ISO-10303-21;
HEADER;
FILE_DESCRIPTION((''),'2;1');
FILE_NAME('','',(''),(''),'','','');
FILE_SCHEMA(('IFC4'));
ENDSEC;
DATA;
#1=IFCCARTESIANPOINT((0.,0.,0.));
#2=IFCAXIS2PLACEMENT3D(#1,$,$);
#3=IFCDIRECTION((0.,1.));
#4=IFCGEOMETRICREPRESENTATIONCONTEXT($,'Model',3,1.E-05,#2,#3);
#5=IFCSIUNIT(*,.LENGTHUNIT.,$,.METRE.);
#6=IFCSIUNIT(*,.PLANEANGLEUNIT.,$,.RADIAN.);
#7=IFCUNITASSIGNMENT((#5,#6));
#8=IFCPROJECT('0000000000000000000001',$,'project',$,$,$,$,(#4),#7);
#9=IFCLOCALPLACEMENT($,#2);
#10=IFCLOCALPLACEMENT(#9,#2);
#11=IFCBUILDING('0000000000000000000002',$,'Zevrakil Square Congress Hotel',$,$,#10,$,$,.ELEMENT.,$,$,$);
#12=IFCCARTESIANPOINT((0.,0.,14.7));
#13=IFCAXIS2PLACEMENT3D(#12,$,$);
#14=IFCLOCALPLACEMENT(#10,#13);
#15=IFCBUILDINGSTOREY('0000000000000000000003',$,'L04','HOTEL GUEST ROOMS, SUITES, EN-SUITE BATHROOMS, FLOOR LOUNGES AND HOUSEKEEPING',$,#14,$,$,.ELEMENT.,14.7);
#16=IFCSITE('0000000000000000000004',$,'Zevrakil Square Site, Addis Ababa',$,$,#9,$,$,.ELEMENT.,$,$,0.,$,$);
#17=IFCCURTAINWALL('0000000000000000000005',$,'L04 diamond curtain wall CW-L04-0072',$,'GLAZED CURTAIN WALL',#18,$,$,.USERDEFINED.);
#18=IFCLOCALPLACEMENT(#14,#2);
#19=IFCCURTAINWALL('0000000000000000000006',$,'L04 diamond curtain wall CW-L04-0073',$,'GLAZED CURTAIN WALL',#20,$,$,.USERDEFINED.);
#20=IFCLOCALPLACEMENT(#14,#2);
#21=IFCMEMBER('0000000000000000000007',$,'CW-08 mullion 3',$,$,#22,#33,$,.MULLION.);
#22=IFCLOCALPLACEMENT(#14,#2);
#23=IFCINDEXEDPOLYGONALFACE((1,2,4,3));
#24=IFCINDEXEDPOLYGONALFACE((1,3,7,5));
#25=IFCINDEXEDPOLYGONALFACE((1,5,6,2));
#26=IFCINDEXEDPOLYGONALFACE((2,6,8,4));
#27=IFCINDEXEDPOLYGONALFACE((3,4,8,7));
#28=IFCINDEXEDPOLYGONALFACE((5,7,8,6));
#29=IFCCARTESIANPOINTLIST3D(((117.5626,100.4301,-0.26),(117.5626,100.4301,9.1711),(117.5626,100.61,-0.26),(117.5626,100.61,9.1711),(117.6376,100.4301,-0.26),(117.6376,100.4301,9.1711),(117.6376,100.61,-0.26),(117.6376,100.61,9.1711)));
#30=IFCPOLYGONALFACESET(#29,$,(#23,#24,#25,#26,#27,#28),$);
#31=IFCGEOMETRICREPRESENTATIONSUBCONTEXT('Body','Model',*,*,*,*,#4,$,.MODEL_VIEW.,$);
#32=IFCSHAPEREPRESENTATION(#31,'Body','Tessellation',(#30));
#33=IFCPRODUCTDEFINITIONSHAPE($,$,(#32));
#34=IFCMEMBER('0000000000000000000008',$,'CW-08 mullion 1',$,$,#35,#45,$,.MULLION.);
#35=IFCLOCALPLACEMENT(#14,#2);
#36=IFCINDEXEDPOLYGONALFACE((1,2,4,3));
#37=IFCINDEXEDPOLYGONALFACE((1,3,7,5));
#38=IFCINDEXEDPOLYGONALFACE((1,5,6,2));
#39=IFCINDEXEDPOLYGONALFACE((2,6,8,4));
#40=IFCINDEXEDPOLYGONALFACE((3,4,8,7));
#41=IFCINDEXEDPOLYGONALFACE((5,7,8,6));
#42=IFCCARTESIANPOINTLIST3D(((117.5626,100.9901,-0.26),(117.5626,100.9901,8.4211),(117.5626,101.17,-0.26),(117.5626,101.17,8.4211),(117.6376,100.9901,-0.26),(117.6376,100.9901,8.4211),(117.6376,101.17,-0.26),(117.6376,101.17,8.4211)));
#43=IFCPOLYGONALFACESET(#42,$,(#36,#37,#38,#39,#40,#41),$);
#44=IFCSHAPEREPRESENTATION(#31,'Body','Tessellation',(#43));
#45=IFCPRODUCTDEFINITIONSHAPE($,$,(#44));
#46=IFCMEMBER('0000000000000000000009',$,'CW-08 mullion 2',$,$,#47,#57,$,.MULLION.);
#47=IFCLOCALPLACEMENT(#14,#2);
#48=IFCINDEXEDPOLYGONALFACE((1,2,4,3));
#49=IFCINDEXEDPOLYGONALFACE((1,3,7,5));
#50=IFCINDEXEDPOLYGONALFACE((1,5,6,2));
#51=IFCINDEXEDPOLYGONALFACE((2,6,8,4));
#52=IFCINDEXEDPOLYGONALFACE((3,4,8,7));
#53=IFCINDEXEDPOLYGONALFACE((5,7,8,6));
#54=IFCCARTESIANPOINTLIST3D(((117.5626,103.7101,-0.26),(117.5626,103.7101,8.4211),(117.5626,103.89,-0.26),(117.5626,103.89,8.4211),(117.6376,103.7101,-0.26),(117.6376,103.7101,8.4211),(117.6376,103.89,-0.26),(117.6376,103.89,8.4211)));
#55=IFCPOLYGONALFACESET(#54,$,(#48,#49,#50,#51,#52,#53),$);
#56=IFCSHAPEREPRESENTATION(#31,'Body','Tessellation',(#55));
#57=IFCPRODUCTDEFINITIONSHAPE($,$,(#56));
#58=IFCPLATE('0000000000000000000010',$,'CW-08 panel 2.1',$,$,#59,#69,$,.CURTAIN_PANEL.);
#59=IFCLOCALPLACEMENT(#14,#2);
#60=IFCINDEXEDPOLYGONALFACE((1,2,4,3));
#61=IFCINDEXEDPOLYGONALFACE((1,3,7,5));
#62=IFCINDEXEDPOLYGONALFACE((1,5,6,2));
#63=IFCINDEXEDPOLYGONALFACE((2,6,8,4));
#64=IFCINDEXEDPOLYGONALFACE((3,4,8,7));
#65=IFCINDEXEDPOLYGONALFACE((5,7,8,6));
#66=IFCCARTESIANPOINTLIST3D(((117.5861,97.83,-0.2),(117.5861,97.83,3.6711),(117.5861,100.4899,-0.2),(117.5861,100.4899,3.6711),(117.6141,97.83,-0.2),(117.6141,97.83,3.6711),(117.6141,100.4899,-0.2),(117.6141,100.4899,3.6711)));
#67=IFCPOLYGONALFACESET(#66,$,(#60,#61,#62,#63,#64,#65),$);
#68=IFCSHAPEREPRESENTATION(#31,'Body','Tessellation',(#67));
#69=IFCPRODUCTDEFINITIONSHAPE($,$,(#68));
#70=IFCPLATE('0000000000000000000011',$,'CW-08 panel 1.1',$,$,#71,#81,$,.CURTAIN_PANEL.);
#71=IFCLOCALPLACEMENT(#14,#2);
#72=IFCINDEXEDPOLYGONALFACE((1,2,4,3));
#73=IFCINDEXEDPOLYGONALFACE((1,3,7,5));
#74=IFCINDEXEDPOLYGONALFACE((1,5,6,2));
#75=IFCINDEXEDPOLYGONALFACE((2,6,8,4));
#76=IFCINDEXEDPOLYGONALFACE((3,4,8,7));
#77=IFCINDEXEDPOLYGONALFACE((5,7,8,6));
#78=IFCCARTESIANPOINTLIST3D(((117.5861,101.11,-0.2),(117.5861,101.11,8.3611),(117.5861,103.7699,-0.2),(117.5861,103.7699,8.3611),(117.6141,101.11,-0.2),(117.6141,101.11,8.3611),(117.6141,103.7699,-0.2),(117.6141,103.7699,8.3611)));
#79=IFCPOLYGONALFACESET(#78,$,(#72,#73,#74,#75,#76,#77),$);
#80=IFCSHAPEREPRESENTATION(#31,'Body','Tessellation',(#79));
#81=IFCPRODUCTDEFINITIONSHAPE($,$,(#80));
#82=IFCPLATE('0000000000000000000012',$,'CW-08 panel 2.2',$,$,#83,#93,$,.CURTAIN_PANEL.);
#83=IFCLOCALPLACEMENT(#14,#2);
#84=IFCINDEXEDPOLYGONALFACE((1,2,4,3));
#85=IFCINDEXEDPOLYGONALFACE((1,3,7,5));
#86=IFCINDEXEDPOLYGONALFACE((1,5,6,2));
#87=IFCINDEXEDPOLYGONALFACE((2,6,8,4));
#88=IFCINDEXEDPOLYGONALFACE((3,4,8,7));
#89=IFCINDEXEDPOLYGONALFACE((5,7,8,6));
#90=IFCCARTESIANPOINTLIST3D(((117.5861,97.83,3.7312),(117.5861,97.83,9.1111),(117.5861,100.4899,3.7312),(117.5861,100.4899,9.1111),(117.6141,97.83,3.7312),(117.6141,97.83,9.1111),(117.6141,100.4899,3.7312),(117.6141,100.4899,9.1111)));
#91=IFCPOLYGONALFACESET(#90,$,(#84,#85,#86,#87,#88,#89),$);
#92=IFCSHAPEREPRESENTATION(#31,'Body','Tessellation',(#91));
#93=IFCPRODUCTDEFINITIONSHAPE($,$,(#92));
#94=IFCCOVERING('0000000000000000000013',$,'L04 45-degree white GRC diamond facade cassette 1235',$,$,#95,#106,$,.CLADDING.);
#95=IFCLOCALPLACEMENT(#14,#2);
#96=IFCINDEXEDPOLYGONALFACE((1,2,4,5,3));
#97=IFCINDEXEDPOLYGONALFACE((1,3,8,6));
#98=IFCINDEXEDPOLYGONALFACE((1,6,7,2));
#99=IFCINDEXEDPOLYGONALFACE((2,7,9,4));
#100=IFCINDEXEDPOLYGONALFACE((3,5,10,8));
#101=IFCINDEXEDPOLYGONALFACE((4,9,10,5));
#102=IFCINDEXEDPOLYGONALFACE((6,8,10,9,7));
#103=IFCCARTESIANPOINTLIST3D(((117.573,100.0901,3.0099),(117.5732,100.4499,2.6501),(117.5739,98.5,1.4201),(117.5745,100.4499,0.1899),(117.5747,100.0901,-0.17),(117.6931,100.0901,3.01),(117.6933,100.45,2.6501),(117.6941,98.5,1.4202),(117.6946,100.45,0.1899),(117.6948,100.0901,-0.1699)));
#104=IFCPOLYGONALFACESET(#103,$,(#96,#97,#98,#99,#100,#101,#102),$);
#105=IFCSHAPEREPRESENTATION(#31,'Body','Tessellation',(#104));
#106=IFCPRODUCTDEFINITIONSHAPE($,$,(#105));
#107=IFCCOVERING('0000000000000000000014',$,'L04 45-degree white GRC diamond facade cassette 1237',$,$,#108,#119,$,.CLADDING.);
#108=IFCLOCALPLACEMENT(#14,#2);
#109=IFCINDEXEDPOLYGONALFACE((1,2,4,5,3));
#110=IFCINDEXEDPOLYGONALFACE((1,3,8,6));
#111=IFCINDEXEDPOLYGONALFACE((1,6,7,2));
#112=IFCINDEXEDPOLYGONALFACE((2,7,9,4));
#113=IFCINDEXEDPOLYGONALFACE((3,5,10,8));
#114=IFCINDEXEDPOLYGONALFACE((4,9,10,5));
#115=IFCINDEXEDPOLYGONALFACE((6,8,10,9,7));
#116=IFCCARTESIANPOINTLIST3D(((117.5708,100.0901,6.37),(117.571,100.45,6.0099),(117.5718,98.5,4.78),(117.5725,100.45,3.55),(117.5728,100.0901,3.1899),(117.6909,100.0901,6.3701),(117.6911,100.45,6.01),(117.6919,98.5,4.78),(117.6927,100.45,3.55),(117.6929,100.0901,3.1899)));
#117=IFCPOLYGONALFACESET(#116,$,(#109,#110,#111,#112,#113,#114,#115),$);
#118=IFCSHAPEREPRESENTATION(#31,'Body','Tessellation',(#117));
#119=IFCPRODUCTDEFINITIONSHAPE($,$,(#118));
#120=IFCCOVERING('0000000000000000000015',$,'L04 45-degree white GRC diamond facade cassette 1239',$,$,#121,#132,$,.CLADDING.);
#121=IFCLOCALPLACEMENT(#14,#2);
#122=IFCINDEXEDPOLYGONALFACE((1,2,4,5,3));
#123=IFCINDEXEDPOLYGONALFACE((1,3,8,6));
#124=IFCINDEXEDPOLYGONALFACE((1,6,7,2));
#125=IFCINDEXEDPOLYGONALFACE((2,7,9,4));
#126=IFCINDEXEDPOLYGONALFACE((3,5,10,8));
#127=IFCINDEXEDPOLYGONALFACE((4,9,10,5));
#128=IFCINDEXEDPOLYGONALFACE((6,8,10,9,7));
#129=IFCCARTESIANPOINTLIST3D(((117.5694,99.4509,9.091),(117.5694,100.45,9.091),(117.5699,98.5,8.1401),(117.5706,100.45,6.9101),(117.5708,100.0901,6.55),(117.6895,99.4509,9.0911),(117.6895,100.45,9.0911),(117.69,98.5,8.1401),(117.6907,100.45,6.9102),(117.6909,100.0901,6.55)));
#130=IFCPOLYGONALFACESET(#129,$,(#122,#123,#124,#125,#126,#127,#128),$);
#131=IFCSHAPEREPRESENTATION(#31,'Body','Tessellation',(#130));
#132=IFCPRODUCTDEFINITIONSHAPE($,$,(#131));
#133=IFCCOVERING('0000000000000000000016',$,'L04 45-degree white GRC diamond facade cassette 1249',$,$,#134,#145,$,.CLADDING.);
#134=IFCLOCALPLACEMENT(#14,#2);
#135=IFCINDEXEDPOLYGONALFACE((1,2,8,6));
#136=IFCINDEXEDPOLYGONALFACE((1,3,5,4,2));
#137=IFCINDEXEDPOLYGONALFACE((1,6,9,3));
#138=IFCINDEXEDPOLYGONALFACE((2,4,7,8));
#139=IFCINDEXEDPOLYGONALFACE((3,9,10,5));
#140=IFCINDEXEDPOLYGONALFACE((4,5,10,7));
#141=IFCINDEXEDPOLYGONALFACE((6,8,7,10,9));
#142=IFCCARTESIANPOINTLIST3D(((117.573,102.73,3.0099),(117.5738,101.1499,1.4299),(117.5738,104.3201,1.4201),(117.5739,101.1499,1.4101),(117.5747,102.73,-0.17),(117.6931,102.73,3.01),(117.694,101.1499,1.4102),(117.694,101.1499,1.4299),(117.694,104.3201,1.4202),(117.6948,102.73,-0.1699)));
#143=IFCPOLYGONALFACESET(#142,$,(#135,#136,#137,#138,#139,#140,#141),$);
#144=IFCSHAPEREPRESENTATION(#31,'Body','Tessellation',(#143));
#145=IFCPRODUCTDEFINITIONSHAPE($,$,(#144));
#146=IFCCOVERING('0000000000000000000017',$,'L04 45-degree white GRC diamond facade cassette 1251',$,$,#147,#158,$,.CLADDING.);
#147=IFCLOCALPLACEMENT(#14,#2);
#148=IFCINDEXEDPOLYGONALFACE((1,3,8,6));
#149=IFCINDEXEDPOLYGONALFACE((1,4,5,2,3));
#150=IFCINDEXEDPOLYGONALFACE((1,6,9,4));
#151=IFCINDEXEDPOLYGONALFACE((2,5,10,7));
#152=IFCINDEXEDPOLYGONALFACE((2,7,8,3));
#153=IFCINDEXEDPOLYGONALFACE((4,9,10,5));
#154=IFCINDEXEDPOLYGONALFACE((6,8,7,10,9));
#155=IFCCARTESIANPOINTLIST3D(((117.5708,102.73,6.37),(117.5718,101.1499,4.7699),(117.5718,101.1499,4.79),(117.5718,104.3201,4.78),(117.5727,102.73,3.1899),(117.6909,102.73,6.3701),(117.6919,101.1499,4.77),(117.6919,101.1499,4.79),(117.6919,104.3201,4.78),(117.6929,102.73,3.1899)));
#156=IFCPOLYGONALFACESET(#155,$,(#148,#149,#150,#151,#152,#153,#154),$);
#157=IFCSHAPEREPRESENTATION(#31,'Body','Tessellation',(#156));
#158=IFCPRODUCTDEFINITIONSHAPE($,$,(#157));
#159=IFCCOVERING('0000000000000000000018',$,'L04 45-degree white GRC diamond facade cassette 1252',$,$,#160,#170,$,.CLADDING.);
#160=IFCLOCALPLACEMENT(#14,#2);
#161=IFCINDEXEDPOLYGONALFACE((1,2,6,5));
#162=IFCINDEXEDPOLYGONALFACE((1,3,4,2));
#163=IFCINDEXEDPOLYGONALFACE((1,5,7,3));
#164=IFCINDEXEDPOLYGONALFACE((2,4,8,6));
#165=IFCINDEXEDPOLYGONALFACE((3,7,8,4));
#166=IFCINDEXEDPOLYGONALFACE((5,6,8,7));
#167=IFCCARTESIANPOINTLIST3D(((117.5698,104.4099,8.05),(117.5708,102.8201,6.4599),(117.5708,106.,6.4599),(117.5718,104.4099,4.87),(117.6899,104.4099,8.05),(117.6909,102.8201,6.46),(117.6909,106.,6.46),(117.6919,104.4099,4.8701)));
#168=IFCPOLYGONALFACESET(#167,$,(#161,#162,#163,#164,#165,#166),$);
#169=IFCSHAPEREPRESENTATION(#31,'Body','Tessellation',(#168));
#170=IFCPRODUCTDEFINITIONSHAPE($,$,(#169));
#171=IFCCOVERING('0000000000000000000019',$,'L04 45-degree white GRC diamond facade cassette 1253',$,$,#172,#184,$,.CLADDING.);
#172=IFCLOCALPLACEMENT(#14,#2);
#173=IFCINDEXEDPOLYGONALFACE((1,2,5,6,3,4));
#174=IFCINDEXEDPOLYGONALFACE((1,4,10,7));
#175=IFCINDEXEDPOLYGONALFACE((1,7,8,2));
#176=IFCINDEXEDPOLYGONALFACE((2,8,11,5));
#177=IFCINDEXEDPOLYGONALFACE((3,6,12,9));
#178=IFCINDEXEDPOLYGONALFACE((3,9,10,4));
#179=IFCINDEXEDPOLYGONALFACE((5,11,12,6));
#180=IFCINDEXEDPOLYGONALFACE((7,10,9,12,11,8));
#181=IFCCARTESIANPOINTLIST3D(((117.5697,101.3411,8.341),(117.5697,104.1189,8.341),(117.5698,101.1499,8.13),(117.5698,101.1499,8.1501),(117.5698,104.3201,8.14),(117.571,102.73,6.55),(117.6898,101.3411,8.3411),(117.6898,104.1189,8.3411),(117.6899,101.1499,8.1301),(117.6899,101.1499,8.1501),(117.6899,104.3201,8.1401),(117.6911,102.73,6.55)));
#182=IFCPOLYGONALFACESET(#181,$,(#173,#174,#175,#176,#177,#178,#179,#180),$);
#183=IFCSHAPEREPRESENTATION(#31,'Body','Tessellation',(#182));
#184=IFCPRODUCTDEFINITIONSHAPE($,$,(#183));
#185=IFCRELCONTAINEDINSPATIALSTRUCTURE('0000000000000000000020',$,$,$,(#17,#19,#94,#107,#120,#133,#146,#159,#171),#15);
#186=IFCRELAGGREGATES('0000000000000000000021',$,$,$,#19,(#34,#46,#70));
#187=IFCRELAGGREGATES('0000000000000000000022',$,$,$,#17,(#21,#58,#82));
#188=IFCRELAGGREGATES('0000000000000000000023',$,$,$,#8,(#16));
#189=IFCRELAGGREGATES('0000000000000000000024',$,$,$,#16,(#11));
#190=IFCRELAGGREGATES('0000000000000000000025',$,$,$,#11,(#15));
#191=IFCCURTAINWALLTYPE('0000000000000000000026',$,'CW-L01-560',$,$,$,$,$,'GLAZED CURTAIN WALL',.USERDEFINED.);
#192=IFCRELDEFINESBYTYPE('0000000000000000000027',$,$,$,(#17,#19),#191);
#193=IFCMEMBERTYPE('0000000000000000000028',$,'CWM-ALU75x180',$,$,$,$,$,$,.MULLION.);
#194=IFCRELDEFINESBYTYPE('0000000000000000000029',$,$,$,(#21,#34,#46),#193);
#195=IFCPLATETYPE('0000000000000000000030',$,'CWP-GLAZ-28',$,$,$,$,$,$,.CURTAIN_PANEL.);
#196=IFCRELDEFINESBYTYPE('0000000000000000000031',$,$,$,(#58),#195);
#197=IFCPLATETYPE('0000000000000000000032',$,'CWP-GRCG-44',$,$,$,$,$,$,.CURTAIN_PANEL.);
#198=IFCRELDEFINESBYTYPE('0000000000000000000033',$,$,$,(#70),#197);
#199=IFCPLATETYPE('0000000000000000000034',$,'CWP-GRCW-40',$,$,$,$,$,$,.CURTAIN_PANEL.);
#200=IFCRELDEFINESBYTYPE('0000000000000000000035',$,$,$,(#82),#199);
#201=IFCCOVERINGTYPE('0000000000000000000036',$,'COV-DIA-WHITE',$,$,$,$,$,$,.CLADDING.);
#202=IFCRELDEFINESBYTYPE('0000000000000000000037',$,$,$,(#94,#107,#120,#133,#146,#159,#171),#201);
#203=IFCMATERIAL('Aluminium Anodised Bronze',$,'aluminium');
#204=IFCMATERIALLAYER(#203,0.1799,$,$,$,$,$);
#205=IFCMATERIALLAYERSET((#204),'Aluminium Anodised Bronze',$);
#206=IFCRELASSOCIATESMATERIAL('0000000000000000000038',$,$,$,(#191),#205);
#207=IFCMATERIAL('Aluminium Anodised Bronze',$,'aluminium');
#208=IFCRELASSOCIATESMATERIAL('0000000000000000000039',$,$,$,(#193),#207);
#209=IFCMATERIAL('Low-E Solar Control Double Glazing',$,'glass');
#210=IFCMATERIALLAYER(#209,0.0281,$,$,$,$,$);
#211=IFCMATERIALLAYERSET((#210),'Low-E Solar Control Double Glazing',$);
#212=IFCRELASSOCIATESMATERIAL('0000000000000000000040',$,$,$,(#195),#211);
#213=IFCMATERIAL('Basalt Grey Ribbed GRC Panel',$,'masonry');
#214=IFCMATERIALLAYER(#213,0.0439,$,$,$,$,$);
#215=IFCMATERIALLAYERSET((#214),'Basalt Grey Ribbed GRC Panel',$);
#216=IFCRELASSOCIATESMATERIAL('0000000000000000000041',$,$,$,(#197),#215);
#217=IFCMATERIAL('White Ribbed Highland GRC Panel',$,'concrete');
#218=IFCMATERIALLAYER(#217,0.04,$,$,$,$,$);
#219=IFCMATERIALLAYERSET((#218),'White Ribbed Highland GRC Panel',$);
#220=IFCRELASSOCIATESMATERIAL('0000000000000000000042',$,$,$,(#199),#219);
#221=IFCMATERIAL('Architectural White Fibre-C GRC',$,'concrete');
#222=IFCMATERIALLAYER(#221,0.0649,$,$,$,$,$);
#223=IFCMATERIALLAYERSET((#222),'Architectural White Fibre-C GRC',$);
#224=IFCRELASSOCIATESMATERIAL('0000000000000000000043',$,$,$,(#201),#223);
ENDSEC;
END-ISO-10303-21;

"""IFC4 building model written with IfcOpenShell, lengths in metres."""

from ifc_helpers import new_model, si_unit, direction, frame, origin, origin_2d, place, context, subcontext, project, spatial, polyline, rectangle, outline, extrude, material, layer, layer_set, material_profile, profile_set, type_object, element, aggregate, save


model = new_model("IFC4")

# Units and contexts
model_context = context("Model", 3, precision=1e-05, world=origin(), true_north=direction((0.0, 1.0)))
body_context = subcontext(model_context, "Body", "Model", "MODEL_VIEW")
ifc_project = project(units=[si_unit("LENGTHUNIT", "METRE"), si_unit("PLANEANGLEUNIT", "RADIAN")], contexts=[model_context])

# Site, building, storey
site_placement = place(None, origin())
site = spatial("IfcSite", under=ifc_project, at=site_placement, Name="Zevrakil Square Site, Addis Ababa", CompositionType="ELEMENT", RefElevation=0.0)
building_placement = place(site_placement, origin())
building = spatial("IfcBuilding", under=site, at=building_placement, Name="Zevrakil Square Congress Hotel", CompositionType="ELEMENT")
storey_placement = place(building_placement, frame((0.0, 0.0, 14.7)))
storey = spatial("IfcBuildingStorey", under=building, at=storey_placement, Name="L04", Description="HOTEL GUEST ROOMS, SUITES, EN-SUITE BATHROOMS, FLOOR LOUNGES AND HOUSEKEEPING", CompositionType="ELEMENT", Elevation=14.7)

# Curtain wall
ifc_material_1 = material(Name="Aluminium Anodised Bronze", Category="aluminium")
ifc_layer_1 = layer(ifc_material_1, 0.1799)
ifc_layer_set_1 = layer_set([ifc_layer_1], Name="Aluminium Anodised Bronze")
curtain_wall_type = type_object("IfcCurtainWallType", Name="CW-L01-560", ElementType="GLAZED CURTAIN WALL", PredefinedType="USERDEFINED", material=ifc_layer_set_1)
curtain_wall_1_placement = place(storey_placement, origin())
curtain_wall_1 = element("IfcCurtainWall", 1, at=curtain_wall_1_placement, inside=storey, type_object=curtain_wall_type, Name="L04 diamond curtain wall CW-L04-0072", ObjectType="GLAZED CURTAIN WALL", PredefinedType="USERDEFINED")

# Curtain wall
curtain_wall_2_placement = place(storey_placement, origin())
curtain_wall_2 = element("IfcCurtainWall", 2, at=curtain_wall_2_placement, inside=storey, type_object=curtain_wall_type, Name="L04 diamond curtain wall CW-L04-0073", ObjectType="GLAZED CURTAIN WALL", PredefinedType="USERDEFINED")

# Members
ifc_material_2 = material(Name="Aluminium Anodised Bronze", Category="aluminium")
ifc_material_profile_1 = material_profile(ifc_material_2, rectangle(XDim=0.075, YDim=0.1799, at=origin_2d()), Name="ALU 75x180")
ifc_profile_set_1 = profile_set([ifc_material_profile_1], Name="Aluminium Anodised Bronze")
member_type_1 = type_object("IfcMemberType", Name="CWM-ALU75x180", PredefinedType="MULLION", material=ifc_profile_set_1)
member_1_placement = place(storey_placement, frame((117.6001, 100.52, -0.26), z_axis=(0.0, 0.0, 1.0), x_axis=(-1.0, 0.0, 0.0)))
member_1 = element("IfcMember", 3, at=member_1_placement, type_object=member_type_1, Name="CW-08 mullion 3", PredefinedType="MULLION", context=body_context, shape_type="SweptSolid", body=[
    extrude(rectangle(XDim=0.075, YDim=0.1799, at=origin_2d()), origin(), (0.0, 0.0, 1.0), 9.4312),
])
member_2_placement = place(storey_placement, frame((117.6001, 101.0801, -0.26), z_axis=(0.0, 0.0, 1.0), x_axis=(-1.0, 0.0, 0.0)))
member_2 = element("IfcMember", 4, at=member_2_placement, type_object=member_type_1, Name="CW-08 mullion 1", PredefinedType="MULLION", context=body_context, shape_type="SweptSolid", body=[
    extrude(rectangle(XDim=0.075, YDim=0.1799, at=origin_2d()), origin(), (0.0, 0.0, 1.0), 8.6812),
])
member_3_placement = place(storey_placement, frame((117.6001, 103.8, -0.26), z_axis=(0.0, 0.0, 1.0), x_axis=(-1.0, 0.0, 0.0)))
member_3 = element("IfcMember", 5, at=member_3_placement, type_object=member_type_1, Name="CW-08 mullion 2", PredefinedType="MULLION", context=body_context, shape_type="SweptSolid", body=[
    extrude(rectangle(XDim=0.075, YDim=0.1799, at=origin_2d()), origin(), (0.0, 0.0, 1.0), 8.6812),
])

# Plates
ifc_material_3 = material(Name="Low-E Solar Control Double Glazing", Category="glass")
ifc_layer_2 = layer(ifc_material_3, 0.0281)
ifc_layer_set_2 = layer_set([ifc_layer_2], Name="Low-E Solar Control Double Glazing")
plate_type_1 = type_object("IfcPlateType", Name="CWP-GLAZ-28", PredefinedType="CURTAIN_PANEL", material=ifc_layer_set_2)
plate_1_placement = place(storey_placement, frame((117.6001, 99.1599, -0.2), z_axis=(0.0, 0.0, 1.0), x_axis=(0.0, 1.0, 0.0)))
plate_1 = element("IfcPlate", 6, at=plate_1_placement, type_object=plate_type_1, Name="CW-08 panel 2.1", PredefinedType="CURTAIN_PANEL", context=body_context, shape_type="SweptSolid", body=[
    extrude(rectangle(XDim=2.6599, YDim=0.0281, at=origin_2d()), origin(), (0.0, 0.0, 1.0), 3.8711),
])
ifc_material_4 = material(Name="Basalt Grey Ribbed GRC Panel", Category="masonry")
ifc_layer_3 = layer(ifc_material_4, 0.0439)
ifc_layer_set_3 = layer_set([ifc_layer_3], Name="Basalt Grey Ribbed GRC Panel")
plate_type_2 = type_object("IfcPlateType", Name="CWP-GRCG-44", PredefinedType="CURTAIN_PANEL", material=ifc_layer_set_3)
plate_2_placement = place(storey_placement, frame((117.6001, 102.4399, -0.2), z_axis=(0.0, 0.0, 1.0), x_axis=(0.0, 1.0, 0.0)))
plate_2 = element("IfcPlate", 7, at=plate_2_placement, type_object=plate_type_2, Name="CW-08 panel 1.1", PredefinedType="CURTAIN_PANEL", context=body_context, shape_type="SweptSolid", body=[
    extrude(rectangle(XDim=2.6599, YDim=0.0281, at=origin_2d()), origin(), (0.0, 0.0, 1.0), 8.561),
])
aggregate(curtain_wall_2, [member_2, member_3, plate_2])
ifc_material_5 = material(Name="White Ribbed Highland GRC Panel", Category="concrete")
ifc_layer_4 = layer(ifc_material_5, 0.04)
ifc_layer_set_4 = layer_set([ifc_layer_4], Name="White Ribbed Highland GRC Panel")
plate_type_3 = type_object("IfcPlateType", Name="CWP-GRCW-40", PredefinedType="CURTAIN_PANEL", material=ifc_layer_set_4)
plate_3_placement = place(storey_placement, frame((117.6001, 99.1599, 3.7312), z_axis=(0.0, 0.0, 1.0), x_axis=(0.0, 1.0, 0.0)))
plate_3 = element("IfcPlate", 8, at=plate_3_placement, type_object=plate_type_3, Name="CW-08 panel 2.2", PredefinedType="CURTAIN_PANEL", context=body_context, shape_type="SweptSolid", body=[
    extrude(rectangle(XDim=2.6599, YDim=0.0281, at=origin_2d()), origin(), (0.0, 0.0, 1.0), 5.3799),
])
aggregate(curtain_wall_1, [member_1, plate_1, plate_3])

# Coverings
ifc_material_6 = material(Name="Architectural White Fibre-C GRC", Category="concrete")
ifc_layer_5 = layer(ifc_material_6, 0.0649)
ifc_layer_set_5 = layer_set([ifc_layer_5], Name="Architectural White Fibre-C GRC")
covering_type_1 = type_object("IfcCoveringType", Name="COV-DIA-WHITE", PredefinedType="CLADDING", material=ifc_layer_set_5)
covering_1_placement = place(storey_placement, frame((117.6948, 100.0901, -0.1699), z_axis=(1.0, 0.000055, 0.000532), x_axis=(-0.000338, -0.707107, 0.707107)))
element("IfcCovering", 9, at=covering_1_placement, inside=storey, type_object=covering_type_1, Name="L04 45-degree white GRC diamond facade cassette 1235", PredefinedType="CLADDING", context=body_context, shape_type="SweptSolid", body=[
    extrude(outline(polyline([(0.0, 0.0), (2.2487, 0.0), (2.2486, -2.2486), (1.7396, -2.2486), (0.0, -0.5089), (0.0, 0.0)])), origin(), (0.0, 0.0, -1.0), 0.1201),
])
covering_2_placement = place(storey_placement, frame((117.6929, 100.0901, 3.1899), z_axis=(1.0, 0.0, 0.000612), x_axis=(-0.000433, -0.707107, 0.707107)))
element("IfcCovering", 10, at=covering_2_placement, inside=storey, type_object=covering_type_1, Name="L04 45-degree white GRC diamond facade cassette 1237", PredefinedType="CLADDING", context=body_context, shape_type="SweptSolid", body=[
    extrude(outline(polyline([(0.0, 0.0), (2.2487, 0.0), (2.2487, -2.2487), (1.7396, -2.2486), (0.0002, -0.5091), (0.0, 0.0)])), origin(), (0.0, 0.0, -1.0), 0.1201),
])
covering_3_placement = place(storey_placement, frame((117.6909, 100.0901, 6.55), z_axis=(1.0, -0.000009, 0.000568), x_axis=(-0.000409, -0.707107, 0.707107)))
element("IfcCovering", 11, at=covering_3_placement, inside=storey, type_object=covering_type_1, Name="L04 45-degree white GRC diamond facade cassette 1239", PredefinedType="CLADDING", context=body_context, shape_type="SweptSolid", body=[
    extrude(outline(polyline([(0.0, 0.0), (2.2487, 0.0), (2.2487, -1.3448), (1.5423, -2.0512), (0.0002, -0.5091), (0.0, 0.0)])), origin(), (0.0, 0.0, -1.0), 0.1201),
])
covering_4_placement = place(storey_placement, frame((117.6931, 102.73, 3.01), z_axis=(1.0, 0.0, 0.000536), x_axis=(0.000379, 0.707161, -0.707052)))
element("IfcCovering", 12, at=covering_4_placement, inside=storey, type_object=covering_type_1, Name="L04 45-degree white GRC diamond facade cassette 1249", PredefinedType="CLADDING", context=body_context, shape_type="SweptSolid", body=[
    extrude(outline(polyline([(0.0, 0.0), (2.2486, 0.0), (2.2484, -2.2487), (0.0138, -2.2486), (-0.0002, -2.2346), (0.0, 0.0)])), origin(), (0.0, 0.0, -1.0), 0.1201),
])
covering_5_placement = place(storey_placement, frame((117.6909, 102.73, 6.3701), z_axis=(1.0, 0.0, 0.000612), x_axis=(0.000433, 0.707107, -0.707107)))
element("IfcCovering", 13, at=covering_5_placement, inside=storey, type_object=covering_type_1, Name="L04 45-degree white GRC diamond facade cassette 1251", PredefinedType="CLADDING", context=body_context, shape_type="SweptSolid", body=[
    extrude(outline(polyline([(0.0, 0.0), (2.2487, 0.0), (2.2487, -2.2487), (0.0142, -2.2487), (0.0, -2.2346), (0.0, 0.0)])), origin(), (0.0, 0.0, -1.0), 0.1201),
])
covering_6_placement = place(storey_placement, frame((117.6899, 104.4099, 8.05), z_axis=(1.0, 0.0, 0.000614), x_axis=(0.000434, 0.707107, -0.707107)))
element("IfcCovering", 14, at=covering_6_placement, inside=storey, type_object=covering_type_1, Name="L04 45-degree white GRC diamond facade cassette 1252", PredefinedType="CLADDING", context=body_context, shape_type="SweptSolid", body=[
    extrude(outline(polyline([(0.0, 0.0), (2.2487, 0.0), (2.2486, -2.2486), (0.0002, -2.2486), (0.0, 0.0)])), origin(), (0.0, 0.0, -1.0), 0.1201),
])
covering_7_placement = place(storey_placement, frame((117.6899, 104.3201, 8.1401), z_axis=(1.0, -0.000001, 0.000727), x_axis=(0.000513, -0.707107, -0.707107)))
element("IfcCovering", 15, at=covering_7_placement, inside=storey, type_object=covering_type_1, Name="L04 45-degree white GRC diamond facade cassette 1253", PredefinedType="CLADDING", context=body_context, shape_type="SweptSolid", body=[
    extrude(outline(polyline([(0.0, 0.0), (2.2487, 0.0), (2.2487, -2.2346), (2.2346, -2.2487), (1.9644, -2.2486), (0.0002, -0.2843), (0.0, 0.0)])), origin(), (0.0, 0.0, -1.0), 0.1201),
])

save(model, "model.ifc")
